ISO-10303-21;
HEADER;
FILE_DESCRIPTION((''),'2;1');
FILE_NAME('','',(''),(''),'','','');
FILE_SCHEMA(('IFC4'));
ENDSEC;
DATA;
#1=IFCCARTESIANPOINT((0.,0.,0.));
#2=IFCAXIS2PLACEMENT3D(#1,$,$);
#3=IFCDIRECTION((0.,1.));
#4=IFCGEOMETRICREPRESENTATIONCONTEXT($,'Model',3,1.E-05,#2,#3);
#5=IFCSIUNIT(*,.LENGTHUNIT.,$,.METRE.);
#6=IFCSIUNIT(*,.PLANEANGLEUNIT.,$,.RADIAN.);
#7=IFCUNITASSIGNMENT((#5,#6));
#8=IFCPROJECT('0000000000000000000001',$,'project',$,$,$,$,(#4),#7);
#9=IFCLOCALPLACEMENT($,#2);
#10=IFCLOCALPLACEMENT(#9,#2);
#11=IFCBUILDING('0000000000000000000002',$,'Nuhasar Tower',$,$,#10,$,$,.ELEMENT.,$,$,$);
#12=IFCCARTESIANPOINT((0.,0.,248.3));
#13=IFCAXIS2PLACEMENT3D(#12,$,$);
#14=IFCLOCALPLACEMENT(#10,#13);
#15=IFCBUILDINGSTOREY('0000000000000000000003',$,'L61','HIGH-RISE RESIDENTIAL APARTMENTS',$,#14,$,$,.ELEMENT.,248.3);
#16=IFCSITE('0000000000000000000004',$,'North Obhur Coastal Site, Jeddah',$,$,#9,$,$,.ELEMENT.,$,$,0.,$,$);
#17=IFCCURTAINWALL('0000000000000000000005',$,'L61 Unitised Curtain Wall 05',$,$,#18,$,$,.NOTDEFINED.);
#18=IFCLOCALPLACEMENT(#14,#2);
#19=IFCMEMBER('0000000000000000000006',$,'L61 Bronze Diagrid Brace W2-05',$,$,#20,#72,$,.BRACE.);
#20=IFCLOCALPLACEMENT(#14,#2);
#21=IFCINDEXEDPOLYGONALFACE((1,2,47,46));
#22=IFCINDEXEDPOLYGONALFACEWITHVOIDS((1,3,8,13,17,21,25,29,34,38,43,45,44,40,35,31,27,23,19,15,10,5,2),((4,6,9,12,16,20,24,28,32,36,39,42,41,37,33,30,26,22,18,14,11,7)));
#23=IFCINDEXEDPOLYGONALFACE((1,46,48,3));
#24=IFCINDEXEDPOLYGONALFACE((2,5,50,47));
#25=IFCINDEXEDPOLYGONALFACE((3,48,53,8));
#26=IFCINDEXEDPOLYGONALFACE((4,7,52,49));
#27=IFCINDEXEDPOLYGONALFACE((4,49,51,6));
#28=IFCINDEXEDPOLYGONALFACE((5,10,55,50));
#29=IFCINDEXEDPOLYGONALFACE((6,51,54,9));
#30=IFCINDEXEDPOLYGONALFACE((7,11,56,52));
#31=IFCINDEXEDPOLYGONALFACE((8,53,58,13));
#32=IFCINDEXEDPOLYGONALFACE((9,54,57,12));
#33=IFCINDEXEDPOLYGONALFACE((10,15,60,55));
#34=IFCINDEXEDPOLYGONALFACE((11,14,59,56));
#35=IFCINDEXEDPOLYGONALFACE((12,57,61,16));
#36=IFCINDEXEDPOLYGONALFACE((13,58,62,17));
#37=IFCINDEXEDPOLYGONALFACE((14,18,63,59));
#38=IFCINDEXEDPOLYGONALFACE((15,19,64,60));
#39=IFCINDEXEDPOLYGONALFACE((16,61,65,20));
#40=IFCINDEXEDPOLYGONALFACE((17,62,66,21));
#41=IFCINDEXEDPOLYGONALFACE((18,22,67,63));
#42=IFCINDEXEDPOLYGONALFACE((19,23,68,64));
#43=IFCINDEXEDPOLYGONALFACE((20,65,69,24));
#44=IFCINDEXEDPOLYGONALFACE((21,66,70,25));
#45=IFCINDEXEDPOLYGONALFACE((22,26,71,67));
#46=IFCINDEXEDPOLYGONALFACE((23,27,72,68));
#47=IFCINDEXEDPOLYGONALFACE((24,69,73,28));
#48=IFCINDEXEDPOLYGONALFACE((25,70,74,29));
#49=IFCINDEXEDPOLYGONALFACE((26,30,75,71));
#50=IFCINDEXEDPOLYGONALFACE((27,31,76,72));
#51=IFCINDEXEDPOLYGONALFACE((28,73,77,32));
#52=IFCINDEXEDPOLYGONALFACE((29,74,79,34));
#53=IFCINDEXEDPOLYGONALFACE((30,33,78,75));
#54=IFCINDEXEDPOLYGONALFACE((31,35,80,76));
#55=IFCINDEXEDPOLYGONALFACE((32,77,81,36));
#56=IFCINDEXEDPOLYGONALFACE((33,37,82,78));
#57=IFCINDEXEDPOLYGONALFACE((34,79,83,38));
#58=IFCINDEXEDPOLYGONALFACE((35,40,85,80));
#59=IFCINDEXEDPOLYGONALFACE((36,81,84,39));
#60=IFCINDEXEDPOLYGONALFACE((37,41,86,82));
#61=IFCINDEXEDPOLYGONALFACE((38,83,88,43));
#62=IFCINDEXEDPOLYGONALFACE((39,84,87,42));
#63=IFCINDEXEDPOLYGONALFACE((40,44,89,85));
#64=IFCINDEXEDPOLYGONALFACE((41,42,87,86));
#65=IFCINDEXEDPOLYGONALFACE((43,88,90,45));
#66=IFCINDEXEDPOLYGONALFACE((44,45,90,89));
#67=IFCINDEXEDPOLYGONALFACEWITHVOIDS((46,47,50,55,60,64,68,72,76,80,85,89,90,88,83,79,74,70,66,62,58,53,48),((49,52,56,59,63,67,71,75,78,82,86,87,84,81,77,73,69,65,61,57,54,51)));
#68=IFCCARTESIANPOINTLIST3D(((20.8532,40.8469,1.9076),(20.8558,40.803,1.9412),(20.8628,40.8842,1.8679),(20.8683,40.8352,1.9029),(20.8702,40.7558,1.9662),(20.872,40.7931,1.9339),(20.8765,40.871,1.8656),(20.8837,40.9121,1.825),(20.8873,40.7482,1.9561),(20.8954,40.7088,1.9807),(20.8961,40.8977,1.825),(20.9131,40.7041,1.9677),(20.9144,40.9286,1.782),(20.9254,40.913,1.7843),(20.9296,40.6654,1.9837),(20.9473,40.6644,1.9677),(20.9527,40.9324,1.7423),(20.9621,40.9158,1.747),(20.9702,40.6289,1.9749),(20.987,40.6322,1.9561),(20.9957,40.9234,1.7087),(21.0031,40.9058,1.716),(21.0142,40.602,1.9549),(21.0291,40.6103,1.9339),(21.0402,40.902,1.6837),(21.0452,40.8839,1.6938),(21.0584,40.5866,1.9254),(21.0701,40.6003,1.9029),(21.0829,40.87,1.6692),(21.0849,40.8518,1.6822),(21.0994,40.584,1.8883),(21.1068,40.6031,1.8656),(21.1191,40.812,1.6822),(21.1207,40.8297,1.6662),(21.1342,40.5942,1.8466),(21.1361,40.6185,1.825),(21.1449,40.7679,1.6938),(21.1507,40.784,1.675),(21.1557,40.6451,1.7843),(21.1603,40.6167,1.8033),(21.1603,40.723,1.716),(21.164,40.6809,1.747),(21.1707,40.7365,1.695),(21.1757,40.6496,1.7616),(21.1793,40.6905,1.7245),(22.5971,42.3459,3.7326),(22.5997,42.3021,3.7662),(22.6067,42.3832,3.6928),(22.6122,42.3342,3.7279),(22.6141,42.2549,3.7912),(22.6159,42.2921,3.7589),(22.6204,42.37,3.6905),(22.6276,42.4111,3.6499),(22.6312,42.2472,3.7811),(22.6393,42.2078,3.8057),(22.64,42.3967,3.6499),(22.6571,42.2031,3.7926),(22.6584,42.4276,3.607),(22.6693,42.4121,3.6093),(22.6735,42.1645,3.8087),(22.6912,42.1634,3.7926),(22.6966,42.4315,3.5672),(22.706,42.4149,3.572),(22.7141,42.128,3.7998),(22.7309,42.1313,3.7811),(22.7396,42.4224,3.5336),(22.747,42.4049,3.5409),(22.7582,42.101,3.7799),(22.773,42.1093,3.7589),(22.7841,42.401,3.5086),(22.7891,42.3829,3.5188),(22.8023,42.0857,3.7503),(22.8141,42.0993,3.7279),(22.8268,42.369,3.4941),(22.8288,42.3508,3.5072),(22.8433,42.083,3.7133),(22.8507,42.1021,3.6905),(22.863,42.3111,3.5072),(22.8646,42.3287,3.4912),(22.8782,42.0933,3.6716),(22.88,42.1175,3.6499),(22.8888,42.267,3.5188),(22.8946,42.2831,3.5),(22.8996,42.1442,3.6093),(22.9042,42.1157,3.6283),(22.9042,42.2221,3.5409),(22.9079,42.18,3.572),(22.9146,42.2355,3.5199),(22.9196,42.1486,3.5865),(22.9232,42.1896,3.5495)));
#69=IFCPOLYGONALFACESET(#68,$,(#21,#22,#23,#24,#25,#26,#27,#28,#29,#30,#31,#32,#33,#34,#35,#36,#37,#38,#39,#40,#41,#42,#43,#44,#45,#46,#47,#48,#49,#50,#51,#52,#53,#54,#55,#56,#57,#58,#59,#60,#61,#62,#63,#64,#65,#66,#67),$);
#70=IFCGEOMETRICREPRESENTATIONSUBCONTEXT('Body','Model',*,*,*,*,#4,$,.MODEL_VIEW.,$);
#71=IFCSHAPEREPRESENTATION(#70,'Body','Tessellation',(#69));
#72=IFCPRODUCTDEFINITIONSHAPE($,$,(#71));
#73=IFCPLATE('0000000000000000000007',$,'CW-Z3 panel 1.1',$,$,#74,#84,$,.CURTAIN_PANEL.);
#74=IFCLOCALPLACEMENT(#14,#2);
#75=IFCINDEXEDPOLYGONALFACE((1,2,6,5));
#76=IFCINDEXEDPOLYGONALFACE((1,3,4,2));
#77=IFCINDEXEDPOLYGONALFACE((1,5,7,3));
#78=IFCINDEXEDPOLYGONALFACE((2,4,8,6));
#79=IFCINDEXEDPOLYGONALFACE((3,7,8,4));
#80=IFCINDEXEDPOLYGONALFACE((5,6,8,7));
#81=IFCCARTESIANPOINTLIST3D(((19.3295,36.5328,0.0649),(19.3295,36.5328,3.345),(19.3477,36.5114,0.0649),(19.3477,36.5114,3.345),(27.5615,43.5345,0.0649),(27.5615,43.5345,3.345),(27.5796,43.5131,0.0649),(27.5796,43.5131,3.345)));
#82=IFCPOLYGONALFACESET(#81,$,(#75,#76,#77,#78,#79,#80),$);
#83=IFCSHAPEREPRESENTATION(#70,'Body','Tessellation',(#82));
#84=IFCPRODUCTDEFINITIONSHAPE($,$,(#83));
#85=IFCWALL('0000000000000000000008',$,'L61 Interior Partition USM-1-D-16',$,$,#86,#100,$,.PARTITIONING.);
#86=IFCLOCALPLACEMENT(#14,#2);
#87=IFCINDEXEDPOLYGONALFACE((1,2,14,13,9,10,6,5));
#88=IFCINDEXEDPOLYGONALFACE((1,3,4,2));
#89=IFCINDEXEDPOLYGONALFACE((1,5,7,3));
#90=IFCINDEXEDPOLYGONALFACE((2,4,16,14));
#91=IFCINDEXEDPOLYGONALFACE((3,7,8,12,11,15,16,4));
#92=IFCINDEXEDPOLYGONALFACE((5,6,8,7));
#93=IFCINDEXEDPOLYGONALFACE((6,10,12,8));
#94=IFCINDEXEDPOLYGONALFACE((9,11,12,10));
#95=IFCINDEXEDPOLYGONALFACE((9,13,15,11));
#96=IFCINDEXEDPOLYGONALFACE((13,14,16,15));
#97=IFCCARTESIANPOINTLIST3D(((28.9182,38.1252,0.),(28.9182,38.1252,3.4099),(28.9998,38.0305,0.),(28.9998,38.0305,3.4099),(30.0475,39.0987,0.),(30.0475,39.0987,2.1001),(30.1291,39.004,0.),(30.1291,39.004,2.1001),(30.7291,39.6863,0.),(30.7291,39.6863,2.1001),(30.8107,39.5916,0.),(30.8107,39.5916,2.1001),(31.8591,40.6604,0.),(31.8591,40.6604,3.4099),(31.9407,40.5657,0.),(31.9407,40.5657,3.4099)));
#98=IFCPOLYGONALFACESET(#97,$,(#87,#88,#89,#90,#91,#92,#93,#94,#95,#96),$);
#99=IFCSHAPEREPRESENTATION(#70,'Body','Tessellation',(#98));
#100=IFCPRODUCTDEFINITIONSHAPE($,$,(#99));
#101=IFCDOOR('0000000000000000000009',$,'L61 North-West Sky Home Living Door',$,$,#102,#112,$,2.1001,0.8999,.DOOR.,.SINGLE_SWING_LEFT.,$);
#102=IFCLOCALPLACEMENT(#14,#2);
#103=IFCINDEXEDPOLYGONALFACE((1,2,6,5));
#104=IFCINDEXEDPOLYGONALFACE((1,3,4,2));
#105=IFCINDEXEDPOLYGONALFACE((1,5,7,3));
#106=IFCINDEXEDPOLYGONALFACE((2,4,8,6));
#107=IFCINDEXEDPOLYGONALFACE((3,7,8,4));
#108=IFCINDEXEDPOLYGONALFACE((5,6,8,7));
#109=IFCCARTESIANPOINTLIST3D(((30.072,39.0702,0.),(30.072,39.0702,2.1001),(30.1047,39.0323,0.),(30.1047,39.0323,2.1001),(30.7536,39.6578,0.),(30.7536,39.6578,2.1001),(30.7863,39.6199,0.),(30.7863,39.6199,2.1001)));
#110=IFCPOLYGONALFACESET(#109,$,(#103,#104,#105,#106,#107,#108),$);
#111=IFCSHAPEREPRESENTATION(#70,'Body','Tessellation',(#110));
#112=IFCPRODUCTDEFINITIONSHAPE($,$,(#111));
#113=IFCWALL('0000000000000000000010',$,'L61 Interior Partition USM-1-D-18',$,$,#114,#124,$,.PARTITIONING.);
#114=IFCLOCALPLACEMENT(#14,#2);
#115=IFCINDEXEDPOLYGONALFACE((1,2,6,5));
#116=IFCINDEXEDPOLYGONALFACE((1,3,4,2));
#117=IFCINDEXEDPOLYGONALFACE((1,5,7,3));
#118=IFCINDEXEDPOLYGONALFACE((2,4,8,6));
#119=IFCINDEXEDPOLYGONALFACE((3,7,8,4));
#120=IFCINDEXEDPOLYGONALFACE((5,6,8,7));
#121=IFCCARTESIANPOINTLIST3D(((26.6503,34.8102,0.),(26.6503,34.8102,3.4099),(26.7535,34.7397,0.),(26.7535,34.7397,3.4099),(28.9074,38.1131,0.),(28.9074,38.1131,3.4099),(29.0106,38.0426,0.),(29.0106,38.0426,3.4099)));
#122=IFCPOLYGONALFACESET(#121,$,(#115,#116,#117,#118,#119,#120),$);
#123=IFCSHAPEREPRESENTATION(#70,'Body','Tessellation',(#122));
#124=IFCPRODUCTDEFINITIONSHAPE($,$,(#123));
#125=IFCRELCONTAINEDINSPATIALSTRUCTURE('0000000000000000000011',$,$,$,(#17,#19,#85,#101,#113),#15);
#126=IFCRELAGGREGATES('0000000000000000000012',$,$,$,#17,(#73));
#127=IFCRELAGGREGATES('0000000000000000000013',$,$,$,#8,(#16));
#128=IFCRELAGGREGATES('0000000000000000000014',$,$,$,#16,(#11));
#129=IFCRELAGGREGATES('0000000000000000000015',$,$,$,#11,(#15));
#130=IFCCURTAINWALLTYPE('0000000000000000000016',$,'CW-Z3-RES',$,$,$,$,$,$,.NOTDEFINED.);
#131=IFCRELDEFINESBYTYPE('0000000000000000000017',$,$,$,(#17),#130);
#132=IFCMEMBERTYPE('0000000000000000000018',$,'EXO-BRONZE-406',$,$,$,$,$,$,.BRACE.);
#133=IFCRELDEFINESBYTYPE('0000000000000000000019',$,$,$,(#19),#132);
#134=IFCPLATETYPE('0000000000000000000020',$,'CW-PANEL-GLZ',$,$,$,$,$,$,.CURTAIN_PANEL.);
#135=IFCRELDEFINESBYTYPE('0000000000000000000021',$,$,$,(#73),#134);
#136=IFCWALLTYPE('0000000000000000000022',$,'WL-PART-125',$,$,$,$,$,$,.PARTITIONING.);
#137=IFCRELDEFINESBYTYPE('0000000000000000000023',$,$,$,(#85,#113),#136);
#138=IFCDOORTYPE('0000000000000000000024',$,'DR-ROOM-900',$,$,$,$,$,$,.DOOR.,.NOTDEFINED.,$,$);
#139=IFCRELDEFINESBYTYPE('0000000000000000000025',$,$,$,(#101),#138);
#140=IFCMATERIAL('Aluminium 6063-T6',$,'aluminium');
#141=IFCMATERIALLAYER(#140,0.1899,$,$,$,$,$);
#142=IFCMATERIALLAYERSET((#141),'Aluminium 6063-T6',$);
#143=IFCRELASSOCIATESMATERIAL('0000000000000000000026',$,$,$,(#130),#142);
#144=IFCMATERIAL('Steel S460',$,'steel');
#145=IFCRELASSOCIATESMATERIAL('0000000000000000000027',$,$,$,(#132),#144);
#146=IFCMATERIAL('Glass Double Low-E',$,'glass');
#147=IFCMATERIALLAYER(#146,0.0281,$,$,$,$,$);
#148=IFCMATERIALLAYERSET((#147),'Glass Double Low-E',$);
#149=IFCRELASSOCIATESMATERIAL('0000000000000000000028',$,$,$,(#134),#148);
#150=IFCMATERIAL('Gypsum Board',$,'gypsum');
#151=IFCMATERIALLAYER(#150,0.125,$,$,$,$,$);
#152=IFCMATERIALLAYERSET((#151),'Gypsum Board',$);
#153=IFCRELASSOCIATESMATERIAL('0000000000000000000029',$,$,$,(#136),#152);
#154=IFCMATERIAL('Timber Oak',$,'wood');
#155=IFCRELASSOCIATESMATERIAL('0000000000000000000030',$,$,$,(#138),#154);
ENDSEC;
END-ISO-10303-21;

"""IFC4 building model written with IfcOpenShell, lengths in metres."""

from ifc_helpers import new_model, si_unit, direction, frame, frame_2d, origin, origin_2d, place, context, subcontext, project, spatial, rectangle, hollow_circle, extrude, material, layer, layer_set, material_profile, profile_set, type_object, element, fill, aggregate, save


model = new_model("IFC4")

# Units and contexts
model_context = context("Model", 3, precision=1e-05, world=origin(), true_north=direction((0.0, 1.0)))
body_context = subcontext(model_context, "Body", "Model", "MODEL_VIEW")
ifc_project = project(units=[si_unit("LENGTHUNIT", "METRE"), si_unit("PLANEANGLEUNIT", "RADIAN")], contexts=[model_context])

# Site, building, storey
site_placement = place(None, origin())
site = spatial("IfcSite", under=ifc_project, at=site_placement, Name="North Obhur Coastal Site, Jeddah", CompositionType="ELEMENT", RefElevation=0.0)
building_placement = place(site_placement, origin())
building = spatial("IfcBuilding", under=site, at=building_placement, Name="Nuhasar Tower", CompositionType="ELEMENT")
storey_placement = place(building_placement, frame((0.0, 0.0, 248.3)))
storey = spatial("IfcBuildingStorey", under=building, at=storey_placement, Name="L61", Description="HIGH-RISE RESIDENTIAL APARTMENTS", CompositionType="ELEMENT", Elevation=248.3)

# Shared definitions
ifc_material_1 = material(Name="Aluminium 6063-T6", Category="aluminium")
ifc_layer_1 = layer(ifc_material_1, 0.1899)
ifc_layer_set_1 = layer_set([ifc_layer_1], Name="Aluminium 6063-T6")
curtain_wall_type = type_object("IfcCurtainWallType", Name="CW-Z3-RES", PredefinedType="NOTDEFINED", material=ifc_layer_set_1)

# Curtain wall
curtain_wall_1_placement = place(storey_placement, origin())
curtain_wall_1 = element("IfcCurtainWall", 1, at=curtain_wall_1_placement, inside=storey, type_object=curtain_wall_type, Name="L61 Unitised Curtain Wall 05", PredefinedType="NOTDEFINED")

# Member
ifc_material_2 = material(Name="Steel S460", Category="steel")
ifc_material_profile_1 = material_profile(ifc_material_2, hollow_circle(Radius=0.2031, WallThickness=0.019, at=origin_2d()), Name="HSS406.4X19.1")
ifc_profile_set_1 = profile_set([ifc_material_profile_1], Name="Steel S460")
member_type_1 = type_object("IfcMemberType", Name="EXO-BRONZE-406", PredefinedType="BRACE", material=ifc_profile_set_1)
for number, where, z_axis, x_axis, name in (
    (2, (21.0161, 40.7581, 1.825), (0.594019, 0.510608, 0.621628), (-0.651857, 0.758342, 0.0), "L61 Bronze Diagrid Brace W2-05"),
):
    element("IfcMember", number, at=place(storey_placement, frame(where, z_axis=z_axis, x_axis=x_axis)), inside=storey, type_object=member_type_1, Name=name, PredefinedType="BRACE", context=body_context, shape_type="SweptSolid", body=[
        extrude(hollow_circle(Radius=0.2031, WallThickness=0.019, at=origin_2d()), origin(), (0.0, 0.0, 1.0), 2.9358),
    ])

# Plate
ifc_material_3 = material(Name="Glass Double Low-E", Category="glass")
ifc_layer_2 = layer(ifc_material_3, 0.0281)
ifc_layer_set_2 = layer_set([ifc_layer_2], Name="Glass Double Low-E")
plate_type = type_object("IfcPlateType", Name="CW-PANEL-GLZ", PredefinedType="CURTAIN_PANEL", material=ifc_layer_set_2)
plate_placement = place(storey_placement, frame((23.4546, 40.0229, 0.0649), z_axis=(0.0, 0.0, 1.0), x_axis=(-0.761729, -0.647895, 0.0)))
plate = element("IfcPlate", 3, at=plate_placement, type_object=plate_type, Name="CW-Z3 panel 1.1", PredefinedType="CURTAIN_PANEL", context=body_context, shape_type="SweptSolid", body=[
    extrude(rectangle(XDim=10.8069, YDim=0.0281, at=origin_2d()), origin(), (0.0, 0.0, 1.0), 3.28),
])
aggregate(curtain_wall_1, [plate])

# Wall, opening, door
ifc_material_4 = material(Name="Gypsum Board", Category="gypsum")
ifc_layer_3 = layer(ifc_material_4, 0.125)
ifc_layer_set_3 = layer_set([ifc_layer_3], Name="Gypsum Board")
wall_type = type_object("IfcWallType", Name="WL-PART-125", PredefinedType="PARTITIONING", material=ifc_layer_set_3)
wall_1_placement = place(storey_placement, frame((28.959, 38.0779, 0.0), z_axis=(0.0, 0.0, 1.0), x_axis=(0.757425, 0.652922, 0.0)))
wall_1 = element("IfcWall", 4, at=wall_1_placement, inside=storey, type_object=wall_type, Name="L61 Interior Partition USM-1-D-16", PredefinedType="PARTITIONING", context=body_context, shape_type="SweptSolid", body=[
    extrude(rectangle(XDim=3.8828, YDim=0.125, at=frame_2d((1.9414, 0.0))), origin(), (0.0, 0.0, 1.0), 3.4099),
])
opening_placement = place(wall_1_placement, frame((1.491, 0.0, 0.0)))
opening = element("IfcOpeningElement", 5, at=opening_placement, cuts=wall_1, PredefinedType="OPENING", context=body_context, shape_type="SweptSolid", body=[
    extrude(rectangle(XDim=0.8999, YDim=2.1001, at=frame_2d((0.45, 1.05))), frame((0.0, 0.0725, 0.0), z_axis=(0.0, -1.0, 0.0), x_axis=(1.0, 0.0, 0.0)), (0.0, 0.0, 1.0), 0.145),
])
ifc_material_5 = material(Name="Timber Oak", Category="wood")
door_type = type_object("IfcDoorType", Name="DR-ROOM-900", OperationType="NOTDEFINED", PredefinedType="DOOR", material=ifc_material_5)
door_placement = place(opening_placement, origin())
door = element("IfcDoor", 6, at=door_placement, inside=storey, type_object=door_type, Name="L61 North-West Sky Home Living Door", OperationType="SINGLE_SWING_LEFT", OverallHeight=2.1001, OverallWidth=0.8999, PredefinedType="DOOR", context=body_context, shape_type="SweptSolid", body=[
    extrude(rectangle(XDim=0.8999, YDim=2.1001, at=frame_2d((0.45, 1.05))), frame((0.0, 0.0249, 0.0), z_axis=(0.0, -1.0, 0.0), x_axis=(1.0, 0.0, 0.0)), (0.0, 0.0, 1.0), 0.05),
])
fill(opening, door)

# Wall
wall_2_placement = place(storey_placement, frame((28.959, 38.0779, 0.0), z_axis=(0.0, 0.0, 1.0), x_axis=(-0.564198, -0.825639, 0.0)))
element("IfcWall", 7, at=wall_2_placement, inside=storey, type_object=wall_type, Name="L61 Interior Partition USM-1-D-18", PredefinedType="PARTITIONING", context=body_context, shape_type="SweptSolid", body=[
    extrude(rectangle(XDim=4.0005, YDim=0.125, at=frame_2d((2.0002, 0.0))), origin(), (0.0, 0.0, 1.0), 3.4099),
])

save(model, "model.ifc")
